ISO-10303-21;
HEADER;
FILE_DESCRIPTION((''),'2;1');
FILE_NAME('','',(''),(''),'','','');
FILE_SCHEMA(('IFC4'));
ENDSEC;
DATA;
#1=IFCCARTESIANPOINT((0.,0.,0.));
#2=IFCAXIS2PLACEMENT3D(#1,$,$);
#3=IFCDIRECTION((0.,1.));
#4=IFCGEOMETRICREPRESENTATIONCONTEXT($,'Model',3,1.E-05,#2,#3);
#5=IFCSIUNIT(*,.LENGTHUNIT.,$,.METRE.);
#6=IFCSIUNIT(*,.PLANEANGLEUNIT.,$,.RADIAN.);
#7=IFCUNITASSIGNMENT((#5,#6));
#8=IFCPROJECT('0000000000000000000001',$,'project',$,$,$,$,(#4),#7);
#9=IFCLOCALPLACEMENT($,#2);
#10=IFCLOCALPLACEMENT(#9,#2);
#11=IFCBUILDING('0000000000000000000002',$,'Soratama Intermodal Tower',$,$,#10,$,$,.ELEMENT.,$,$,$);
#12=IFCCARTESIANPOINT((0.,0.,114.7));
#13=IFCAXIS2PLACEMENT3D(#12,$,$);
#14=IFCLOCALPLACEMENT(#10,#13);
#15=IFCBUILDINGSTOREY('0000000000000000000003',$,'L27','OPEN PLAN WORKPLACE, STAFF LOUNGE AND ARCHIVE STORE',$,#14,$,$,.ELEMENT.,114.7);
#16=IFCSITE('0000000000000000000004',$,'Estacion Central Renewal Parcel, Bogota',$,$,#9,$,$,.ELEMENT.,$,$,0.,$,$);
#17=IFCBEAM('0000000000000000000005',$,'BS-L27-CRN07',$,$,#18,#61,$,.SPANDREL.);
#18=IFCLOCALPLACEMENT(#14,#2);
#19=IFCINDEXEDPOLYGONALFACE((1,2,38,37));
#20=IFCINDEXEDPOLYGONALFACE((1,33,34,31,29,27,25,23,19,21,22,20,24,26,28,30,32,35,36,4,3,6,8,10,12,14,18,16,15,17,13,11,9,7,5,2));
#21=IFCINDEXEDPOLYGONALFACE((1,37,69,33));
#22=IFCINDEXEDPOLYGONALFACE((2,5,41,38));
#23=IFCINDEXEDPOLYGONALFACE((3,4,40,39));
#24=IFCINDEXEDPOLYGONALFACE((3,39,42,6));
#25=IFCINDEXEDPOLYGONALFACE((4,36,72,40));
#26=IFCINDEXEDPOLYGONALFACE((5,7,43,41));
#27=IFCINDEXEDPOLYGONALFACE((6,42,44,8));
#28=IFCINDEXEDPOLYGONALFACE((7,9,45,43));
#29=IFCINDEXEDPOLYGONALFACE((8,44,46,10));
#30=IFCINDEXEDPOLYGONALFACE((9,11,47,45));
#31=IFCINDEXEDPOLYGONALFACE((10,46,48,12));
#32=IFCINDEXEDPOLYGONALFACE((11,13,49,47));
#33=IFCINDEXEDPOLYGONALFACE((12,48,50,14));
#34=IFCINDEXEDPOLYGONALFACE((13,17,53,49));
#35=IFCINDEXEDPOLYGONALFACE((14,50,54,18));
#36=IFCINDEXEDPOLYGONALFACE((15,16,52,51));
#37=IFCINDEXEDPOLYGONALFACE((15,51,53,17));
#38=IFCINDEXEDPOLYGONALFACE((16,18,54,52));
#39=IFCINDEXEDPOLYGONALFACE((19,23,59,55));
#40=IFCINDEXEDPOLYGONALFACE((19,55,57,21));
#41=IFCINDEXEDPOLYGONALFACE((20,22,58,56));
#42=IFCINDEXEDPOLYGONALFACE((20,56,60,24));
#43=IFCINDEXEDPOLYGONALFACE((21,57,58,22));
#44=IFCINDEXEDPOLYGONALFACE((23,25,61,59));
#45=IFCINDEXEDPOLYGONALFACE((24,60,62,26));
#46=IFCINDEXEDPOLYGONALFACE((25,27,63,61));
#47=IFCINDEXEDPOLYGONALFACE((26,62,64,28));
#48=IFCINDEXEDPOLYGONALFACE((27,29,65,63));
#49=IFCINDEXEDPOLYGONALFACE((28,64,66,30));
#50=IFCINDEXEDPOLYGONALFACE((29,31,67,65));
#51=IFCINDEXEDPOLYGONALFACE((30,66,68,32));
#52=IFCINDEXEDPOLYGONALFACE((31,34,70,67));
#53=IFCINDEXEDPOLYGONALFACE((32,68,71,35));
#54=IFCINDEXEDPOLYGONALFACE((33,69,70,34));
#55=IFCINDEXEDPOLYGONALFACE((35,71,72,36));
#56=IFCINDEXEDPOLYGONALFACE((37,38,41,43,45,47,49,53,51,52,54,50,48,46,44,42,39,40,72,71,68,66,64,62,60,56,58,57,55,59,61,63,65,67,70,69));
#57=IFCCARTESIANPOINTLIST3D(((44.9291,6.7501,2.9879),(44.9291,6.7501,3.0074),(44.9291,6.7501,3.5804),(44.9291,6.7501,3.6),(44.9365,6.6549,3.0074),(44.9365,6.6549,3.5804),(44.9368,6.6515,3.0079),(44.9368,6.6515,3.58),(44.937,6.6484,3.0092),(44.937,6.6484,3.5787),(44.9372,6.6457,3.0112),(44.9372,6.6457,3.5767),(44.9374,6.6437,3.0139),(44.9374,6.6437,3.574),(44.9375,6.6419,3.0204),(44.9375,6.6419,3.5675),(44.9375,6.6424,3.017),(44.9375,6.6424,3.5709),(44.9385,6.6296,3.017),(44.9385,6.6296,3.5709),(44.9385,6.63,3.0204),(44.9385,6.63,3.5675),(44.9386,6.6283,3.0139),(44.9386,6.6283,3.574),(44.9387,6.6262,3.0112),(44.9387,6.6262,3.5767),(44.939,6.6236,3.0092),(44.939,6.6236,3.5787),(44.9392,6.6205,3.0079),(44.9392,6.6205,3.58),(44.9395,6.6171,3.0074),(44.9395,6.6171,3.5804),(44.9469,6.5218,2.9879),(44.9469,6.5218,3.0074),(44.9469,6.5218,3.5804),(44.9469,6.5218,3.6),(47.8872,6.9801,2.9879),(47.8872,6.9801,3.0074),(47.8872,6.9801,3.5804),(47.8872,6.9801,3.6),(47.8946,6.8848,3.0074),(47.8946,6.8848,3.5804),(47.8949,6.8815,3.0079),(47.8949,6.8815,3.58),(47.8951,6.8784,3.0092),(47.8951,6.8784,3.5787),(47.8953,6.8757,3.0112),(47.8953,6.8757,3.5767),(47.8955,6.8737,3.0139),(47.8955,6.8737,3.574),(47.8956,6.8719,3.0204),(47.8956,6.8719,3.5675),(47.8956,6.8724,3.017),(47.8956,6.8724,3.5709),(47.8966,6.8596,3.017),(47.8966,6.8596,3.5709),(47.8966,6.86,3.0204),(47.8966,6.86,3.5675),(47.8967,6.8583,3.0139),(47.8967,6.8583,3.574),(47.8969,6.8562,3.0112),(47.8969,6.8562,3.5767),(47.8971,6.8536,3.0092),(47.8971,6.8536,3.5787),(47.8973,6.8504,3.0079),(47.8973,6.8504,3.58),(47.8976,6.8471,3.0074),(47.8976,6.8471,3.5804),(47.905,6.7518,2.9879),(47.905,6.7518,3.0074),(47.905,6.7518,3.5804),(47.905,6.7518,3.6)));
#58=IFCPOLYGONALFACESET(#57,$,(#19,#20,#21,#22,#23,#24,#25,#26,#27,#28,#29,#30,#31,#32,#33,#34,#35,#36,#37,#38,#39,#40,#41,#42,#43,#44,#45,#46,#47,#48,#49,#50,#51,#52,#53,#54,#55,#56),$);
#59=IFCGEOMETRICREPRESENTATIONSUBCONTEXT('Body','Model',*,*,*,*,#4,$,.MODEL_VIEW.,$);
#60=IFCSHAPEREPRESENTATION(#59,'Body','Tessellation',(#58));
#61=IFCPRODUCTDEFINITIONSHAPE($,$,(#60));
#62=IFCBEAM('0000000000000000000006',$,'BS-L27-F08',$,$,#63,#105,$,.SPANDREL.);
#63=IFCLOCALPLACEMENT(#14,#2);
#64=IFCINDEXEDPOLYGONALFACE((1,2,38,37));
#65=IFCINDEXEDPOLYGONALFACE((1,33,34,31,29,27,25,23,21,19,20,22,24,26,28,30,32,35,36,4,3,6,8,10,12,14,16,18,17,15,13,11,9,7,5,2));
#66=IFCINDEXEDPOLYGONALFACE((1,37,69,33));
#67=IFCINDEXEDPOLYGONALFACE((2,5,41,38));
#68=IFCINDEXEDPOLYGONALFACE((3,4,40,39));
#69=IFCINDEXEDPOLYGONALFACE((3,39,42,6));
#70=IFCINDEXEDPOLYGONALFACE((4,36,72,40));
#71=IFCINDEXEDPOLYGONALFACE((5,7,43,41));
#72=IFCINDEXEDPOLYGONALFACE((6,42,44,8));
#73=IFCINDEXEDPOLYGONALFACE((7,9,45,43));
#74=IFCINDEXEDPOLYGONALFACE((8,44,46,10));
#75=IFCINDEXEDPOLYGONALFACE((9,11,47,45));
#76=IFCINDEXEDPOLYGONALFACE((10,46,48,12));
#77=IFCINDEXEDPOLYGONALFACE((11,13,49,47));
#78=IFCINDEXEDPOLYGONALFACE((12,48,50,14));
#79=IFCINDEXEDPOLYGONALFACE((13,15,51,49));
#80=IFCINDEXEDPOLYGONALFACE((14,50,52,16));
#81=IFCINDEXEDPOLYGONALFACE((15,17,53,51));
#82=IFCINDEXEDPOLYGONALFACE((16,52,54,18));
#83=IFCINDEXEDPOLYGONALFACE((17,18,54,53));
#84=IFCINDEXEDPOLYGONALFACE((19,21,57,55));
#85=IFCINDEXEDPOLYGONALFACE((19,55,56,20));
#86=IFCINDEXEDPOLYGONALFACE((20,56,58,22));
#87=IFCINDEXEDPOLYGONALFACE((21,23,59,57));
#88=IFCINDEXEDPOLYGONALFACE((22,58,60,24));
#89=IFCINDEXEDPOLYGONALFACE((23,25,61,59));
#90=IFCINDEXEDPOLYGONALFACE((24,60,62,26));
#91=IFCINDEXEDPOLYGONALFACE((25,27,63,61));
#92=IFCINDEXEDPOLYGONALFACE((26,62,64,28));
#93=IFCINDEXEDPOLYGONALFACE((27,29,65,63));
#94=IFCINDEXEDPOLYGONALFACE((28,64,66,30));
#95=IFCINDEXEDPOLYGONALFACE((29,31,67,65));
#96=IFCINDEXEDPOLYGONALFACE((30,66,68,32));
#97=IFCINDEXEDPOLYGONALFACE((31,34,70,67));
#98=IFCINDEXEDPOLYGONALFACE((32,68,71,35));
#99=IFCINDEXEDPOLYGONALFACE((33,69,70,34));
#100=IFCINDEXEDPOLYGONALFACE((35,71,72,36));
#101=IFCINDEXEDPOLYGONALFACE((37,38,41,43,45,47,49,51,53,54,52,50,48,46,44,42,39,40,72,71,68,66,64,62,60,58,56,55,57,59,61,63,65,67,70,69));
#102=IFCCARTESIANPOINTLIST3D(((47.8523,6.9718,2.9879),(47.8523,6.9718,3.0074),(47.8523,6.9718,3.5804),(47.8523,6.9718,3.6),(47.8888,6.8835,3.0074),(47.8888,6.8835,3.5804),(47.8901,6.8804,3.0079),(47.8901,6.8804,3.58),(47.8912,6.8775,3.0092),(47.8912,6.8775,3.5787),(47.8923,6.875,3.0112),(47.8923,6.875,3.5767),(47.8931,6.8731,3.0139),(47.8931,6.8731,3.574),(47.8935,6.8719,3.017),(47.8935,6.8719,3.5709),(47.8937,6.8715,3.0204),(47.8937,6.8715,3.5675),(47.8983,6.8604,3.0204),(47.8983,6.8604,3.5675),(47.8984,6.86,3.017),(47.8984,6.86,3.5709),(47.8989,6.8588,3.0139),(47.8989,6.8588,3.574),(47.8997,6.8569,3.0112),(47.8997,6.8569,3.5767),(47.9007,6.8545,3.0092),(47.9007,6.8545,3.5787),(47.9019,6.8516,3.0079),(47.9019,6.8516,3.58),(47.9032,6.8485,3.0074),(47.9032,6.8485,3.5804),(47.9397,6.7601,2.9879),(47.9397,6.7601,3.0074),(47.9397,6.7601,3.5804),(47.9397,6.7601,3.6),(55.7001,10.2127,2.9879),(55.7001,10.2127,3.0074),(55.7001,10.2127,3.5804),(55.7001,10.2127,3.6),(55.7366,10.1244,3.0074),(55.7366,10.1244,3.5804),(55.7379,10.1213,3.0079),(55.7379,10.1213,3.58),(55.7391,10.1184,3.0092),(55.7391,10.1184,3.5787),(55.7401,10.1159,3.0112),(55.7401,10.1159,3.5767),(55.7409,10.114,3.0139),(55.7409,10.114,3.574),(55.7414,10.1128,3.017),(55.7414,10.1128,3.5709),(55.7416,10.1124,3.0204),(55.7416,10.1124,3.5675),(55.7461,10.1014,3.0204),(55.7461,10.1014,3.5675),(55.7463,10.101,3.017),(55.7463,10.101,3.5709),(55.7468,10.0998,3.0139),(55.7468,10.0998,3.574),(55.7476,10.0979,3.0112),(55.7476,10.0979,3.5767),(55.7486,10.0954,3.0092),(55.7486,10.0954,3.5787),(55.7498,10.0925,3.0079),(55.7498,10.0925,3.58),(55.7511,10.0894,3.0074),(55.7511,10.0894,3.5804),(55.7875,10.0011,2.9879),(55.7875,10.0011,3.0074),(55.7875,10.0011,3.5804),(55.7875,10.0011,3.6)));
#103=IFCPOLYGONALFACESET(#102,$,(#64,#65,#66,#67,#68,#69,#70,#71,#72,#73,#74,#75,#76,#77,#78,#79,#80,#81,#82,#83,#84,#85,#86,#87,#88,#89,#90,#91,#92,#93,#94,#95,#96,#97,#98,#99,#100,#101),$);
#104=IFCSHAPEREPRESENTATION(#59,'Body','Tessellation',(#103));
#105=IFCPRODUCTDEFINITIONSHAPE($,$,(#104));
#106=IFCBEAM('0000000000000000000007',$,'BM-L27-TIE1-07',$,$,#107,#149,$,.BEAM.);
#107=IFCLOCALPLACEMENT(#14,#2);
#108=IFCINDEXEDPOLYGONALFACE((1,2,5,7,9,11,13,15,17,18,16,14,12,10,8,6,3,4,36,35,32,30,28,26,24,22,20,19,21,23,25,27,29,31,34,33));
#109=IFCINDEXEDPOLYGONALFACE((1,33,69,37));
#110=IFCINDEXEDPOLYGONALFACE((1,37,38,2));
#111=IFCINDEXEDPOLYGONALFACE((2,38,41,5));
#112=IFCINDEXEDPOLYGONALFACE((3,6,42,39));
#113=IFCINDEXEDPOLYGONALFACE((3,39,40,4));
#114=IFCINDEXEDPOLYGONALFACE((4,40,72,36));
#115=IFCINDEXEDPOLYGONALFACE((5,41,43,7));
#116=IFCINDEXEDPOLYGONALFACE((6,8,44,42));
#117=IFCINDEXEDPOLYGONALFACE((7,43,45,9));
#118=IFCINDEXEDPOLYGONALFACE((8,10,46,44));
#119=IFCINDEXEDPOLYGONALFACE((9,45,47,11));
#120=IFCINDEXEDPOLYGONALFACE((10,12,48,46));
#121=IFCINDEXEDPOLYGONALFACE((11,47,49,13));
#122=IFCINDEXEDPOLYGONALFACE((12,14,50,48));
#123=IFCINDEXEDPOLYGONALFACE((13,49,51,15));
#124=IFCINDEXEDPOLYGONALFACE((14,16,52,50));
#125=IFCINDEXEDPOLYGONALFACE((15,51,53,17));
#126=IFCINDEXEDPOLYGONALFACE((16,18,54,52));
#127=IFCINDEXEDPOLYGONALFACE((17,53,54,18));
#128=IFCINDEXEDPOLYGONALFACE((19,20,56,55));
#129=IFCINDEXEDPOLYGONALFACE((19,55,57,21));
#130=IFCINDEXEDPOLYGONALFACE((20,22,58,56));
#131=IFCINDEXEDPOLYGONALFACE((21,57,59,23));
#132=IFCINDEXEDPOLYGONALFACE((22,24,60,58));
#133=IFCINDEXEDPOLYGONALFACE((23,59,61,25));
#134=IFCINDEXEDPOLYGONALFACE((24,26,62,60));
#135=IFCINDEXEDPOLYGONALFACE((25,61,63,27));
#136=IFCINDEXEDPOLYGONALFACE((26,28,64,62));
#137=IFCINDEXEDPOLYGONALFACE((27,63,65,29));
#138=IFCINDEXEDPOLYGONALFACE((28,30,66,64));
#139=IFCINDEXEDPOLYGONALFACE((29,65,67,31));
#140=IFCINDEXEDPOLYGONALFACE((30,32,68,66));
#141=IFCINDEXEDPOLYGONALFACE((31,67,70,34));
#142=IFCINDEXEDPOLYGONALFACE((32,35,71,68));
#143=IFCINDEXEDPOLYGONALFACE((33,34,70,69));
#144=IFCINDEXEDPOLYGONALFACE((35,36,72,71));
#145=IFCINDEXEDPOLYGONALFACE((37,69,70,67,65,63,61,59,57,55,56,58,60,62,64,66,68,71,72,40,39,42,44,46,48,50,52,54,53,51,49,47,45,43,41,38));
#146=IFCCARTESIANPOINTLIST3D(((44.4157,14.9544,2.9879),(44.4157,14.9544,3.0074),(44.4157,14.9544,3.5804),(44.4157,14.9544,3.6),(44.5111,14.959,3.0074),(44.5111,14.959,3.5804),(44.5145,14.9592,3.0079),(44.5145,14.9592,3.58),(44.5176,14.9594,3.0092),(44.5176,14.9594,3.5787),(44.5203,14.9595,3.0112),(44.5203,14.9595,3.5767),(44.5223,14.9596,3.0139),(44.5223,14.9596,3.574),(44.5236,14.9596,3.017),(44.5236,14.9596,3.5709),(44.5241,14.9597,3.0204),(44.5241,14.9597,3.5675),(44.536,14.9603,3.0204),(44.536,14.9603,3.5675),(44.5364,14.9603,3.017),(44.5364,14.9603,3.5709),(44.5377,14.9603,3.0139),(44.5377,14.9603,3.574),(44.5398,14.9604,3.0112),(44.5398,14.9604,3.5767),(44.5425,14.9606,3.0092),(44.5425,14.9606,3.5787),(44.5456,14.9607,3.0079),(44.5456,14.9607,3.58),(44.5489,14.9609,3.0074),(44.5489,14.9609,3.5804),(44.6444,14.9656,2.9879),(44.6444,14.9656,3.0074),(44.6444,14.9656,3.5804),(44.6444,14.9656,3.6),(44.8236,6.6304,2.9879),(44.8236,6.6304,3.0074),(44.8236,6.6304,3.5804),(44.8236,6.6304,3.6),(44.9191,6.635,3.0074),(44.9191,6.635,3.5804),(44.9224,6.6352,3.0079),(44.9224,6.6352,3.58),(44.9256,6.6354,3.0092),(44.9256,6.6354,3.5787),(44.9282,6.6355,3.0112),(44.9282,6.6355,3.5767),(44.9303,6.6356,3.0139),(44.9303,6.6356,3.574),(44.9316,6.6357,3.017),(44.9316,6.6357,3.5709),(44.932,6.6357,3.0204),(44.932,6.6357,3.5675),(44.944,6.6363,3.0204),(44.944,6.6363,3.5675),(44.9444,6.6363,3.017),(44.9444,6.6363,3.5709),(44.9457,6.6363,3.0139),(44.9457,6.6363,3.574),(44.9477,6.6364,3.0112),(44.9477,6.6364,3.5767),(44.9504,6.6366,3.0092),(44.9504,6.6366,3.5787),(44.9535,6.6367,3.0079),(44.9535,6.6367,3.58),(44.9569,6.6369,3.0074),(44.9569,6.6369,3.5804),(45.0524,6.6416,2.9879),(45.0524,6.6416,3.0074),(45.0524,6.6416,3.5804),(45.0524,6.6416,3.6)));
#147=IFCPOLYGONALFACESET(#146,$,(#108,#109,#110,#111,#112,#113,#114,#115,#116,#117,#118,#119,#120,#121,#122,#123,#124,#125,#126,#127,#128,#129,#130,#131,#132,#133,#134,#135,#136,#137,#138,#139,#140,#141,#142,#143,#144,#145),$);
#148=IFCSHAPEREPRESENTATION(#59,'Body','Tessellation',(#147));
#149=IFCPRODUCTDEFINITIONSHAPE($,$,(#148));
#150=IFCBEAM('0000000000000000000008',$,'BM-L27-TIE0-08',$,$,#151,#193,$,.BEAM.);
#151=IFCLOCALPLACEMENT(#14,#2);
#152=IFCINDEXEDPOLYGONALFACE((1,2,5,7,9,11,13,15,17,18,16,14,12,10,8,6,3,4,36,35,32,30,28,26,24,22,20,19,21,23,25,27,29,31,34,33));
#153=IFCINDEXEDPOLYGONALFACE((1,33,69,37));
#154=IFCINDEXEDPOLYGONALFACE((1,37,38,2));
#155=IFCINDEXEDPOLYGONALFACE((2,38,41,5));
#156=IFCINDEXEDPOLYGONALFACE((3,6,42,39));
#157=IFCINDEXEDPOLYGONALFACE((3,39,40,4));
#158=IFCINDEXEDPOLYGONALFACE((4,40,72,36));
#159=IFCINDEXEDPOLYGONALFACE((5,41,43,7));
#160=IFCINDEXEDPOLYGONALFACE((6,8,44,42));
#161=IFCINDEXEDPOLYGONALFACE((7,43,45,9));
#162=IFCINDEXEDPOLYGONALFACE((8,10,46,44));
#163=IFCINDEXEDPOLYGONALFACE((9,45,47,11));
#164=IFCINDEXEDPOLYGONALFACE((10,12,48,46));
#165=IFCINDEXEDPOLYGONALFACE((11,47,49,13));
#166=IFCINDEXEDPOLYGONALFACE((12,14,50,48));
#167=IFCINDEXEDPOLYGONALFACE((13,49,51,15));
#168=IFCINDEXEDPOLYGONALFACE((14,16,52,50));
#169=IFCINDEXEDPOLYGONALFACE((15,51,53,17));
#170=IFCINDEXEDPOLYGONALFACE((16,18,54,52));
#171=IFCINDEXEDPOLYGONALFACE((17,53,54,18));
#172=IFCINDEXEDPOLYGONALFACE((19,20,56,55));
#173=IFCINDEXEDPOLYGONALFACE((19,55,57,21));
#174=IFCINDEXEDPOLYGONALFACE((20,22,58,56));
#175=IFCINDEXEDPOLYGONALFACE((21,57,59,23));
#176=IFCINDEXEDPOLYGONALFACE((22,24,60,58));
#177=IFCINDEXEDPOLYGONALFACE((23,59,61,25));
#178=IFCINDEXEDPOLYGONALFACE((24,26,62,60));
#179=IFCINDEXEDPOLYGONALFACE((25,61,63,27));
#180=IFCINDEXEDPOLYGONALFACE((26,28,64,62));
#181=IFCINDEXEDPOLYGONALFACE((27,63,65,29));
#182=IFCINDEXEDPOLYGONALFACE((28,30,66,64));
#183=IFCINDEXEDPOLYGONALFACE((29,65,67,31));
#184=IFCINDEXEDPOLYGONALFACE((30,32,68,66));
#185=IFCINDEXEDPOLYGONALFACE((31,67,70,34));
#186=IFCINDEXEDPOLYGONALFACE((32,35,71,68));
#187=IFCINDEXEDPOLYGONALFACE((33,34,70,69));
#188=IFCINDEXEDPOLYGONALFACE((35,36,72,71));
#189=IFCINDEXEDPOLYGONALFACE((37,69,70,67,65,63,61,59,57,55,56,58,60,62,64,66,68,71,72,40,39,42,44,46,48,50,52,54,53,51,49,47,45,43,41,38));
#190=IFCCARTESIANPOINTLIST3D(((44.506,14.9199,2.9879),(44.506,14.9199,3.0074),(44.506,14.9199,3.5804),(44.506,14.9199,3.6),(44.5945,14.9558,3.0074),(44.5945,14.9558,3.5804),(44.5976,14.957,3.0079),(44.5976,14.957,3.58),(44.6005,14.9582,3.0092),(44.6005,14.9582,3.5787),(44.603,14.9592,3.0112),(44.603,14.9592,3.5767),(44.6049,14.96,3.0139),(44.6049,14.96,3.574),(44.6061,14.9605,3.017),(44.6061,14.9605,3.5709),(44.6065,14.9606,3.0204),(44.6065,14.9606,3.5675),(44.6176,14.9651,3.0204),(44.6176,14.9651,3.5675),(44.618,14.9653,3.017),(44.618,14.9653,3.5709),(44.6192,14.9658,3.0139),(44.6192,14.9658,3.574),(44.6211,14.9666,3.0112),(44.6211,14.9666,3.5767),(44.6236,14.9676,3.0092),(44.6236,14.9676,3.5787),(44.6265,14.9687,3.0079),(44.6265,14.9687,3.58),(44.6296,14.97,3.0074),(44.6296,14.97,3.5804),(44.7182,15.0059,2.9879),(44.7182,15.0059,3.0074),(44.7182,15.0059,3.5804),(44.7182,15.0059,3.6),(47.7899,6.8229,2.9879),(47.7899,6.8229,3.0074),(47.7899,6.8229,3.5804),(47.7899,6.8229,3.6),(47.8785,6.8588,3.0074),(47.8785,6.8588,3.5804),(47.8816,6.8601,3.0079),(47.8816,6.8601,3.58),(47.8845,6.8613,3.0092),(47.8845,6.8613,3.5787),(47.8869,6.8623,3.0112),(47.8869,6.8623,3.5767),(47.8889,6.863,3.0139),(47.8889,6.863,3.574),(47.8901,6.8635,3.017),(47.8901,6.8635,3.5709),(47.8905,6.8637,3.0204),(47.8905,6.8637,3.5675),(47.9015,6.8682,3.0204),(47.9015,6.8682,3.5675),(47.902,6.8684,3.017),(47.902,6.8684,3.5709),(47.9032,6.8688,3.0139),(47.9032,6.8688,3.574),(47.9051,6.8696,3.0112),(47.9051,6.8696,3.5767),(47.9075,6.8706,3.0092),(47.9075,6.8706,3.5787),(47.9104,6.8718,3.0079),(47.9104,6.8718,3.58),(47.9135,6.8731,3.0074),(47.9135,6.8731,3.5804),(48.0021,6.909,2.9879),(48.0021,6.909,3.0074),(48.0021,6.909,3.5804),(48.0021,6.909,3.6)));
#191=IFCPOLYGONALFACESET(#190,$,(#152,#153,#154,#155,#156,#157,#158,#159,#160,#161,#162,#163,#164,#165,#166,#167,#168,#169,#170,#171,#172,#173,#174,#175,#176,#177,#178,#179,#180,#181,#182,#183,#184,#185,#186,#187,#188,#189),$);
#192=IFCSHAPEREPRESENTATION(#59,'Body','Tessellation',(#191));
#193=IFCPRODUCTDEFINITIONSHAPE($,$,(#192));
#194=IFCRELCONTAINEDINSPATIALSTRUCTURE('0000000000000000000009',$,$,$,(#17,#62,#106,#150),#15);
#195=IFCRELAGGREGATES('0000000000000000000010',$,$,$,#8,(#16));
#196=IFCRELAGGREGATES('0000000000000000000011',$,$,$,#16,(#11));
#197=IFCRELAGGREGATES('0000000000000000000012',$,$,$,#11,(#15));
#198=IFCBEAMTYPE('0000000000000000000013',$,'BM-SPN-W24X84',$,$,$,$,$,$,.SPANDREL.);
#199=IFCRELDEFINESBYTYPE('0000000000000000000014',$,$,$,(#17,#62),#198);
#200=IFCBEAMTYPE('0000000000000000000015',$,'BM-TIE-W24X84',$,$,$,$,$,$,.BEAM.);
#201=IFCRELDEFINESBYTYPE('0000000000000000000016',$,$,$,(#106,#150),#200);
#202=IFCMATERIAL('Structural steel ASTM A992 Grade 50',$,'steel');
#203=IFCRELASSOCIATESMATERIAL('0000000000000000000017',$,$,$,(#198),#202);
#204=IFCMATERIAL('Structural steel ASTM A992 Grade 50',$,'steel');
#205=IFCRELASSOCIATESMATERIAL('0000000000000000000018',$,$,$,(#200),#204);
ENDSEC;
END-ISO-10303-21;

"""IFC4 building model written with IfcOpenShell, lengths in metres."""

from ifc_helpers import new_model, si_unit, direction, frame, origin, origin_2d, place, context, subcontext, project, spatial, i_section, extrude, material, material_profile, profile_set, type_object, element, save


model = new_model("IFC4")

# Units and contexts
model_context = context("Model", 3, precision=1e-05, world=origin(), true_north=direction((0.0, 1.0)))
body_context = subcontext(model_context, "Body", "Model", "MODEL_VIEW")
ifc_project = project(units=[si_unit("LENGTHUNIT", "METRE"), si_unit("PLANEANGLEUNIT", "RADIAN")], contexts=[model_context])

# Site, building, storey
site_placement = place(None, origin())
site = spatial("IfcSite", under=ifc_project, at=site_placement, Name="Estacion Central Renewal Parcel, Bogota", CompositionType="ELEMENT", RefElevation=0.0)
building_placement = place(site_placement, origin())
building = spatial("IfcBuilding", under=site, at=building_placement, Name="Soratama Intermodal Tower", CompositionType="ELEMENT")
storey_placement = place(building_placement, frame((0.0, 0.0, 114.7)))
storey = spatial("IfcBuildingStorey", under=building, at=storey_placement, Name="L27", Description="OPEN PLAN WORKPLACE, STAFF LOUNGE AND ARCHIVE STORE", CompositionType="ELEMENT", Elevation=114.7)

# Beams
ifc_material_1 = material(Name="Structural steel ASTM A992 Grade 50", Category="steel")
ifc_material_profile_1 = material_profile(ifc_material_1, i_section(OverallWidth=0.229, OverallDepth=0.6121, WebThickness=0.012, FlangeThickness=0.0195, FilletRadius=0.0129, at=origin_2d()), Name="W24X84")
ifc_profile_set_1 = profile_set([ifc_material_profile_1], Name="Structural steel ASTM A992 Grade 50")
beam_type_1 = type_object("IfcBeamType", Name="BM-SPN-W24X84", PredefinedType="SPANDREL", material=ifc_profile_set_1)
beam_1_placement = place(storey_placement, frame((44.938, 6.636, 3.2939), z_axis=(0.996991, 0.077515, 0.0), x_axis=(-0.077515, 0.996991, 0.0)))
element("IfcBeam", 1, at=beam_1_placement, inside=storey, type_object=beam_type_1, Name="BS-L27-CRN07", PredefinedType="SPANDREL", context=body_context, shape_type="SweptSolid", body=[
    extrude(i_section(OverallWidth=0.229, OverallDepth=0.6121, WebThickness=0.012, FlangeThickness=0.0195, FilletRadius=0.0129, at=origin_2d()), origin(), (0.0, 0.0, 1.0), 2.967),
])
beam_2_placement = place(storey_placement, frame((47.896, 6.866, 3.2939), z_axis=(0.924285, 0.381704, 0.0), x_axis=(-0.381704, 0.924285, 0.0)))
element("IfcBeam", 2, at=beam_2_placement, inside=storey, type_object=beam_type_1, Name="BS-L27-F08", PredefinedType="SPANDREL", context=body_context, shape_type="SweptSolid", body=[
    extrude(i_section(OverallWidth=0.229, OverallDepth=0.6121, WebThickness=0.012, FlangeThickness=0.0195, FilletRadius=0.0129, at=origin_2d()), origin(), (0.0, 0.0, 1.0), 8.4907),
])
ifc_material_2 = material(Name="Structural steel ASTM A992 Grade 50", Category="steel")
ifc_material_profile_2 = material_profile(ifc_material_2, i_section(OverallWidth=0.229, OverallDepth=0.6121, WebThickness=0.012, FlangeThickness=0.0195, FilletRadius=0.0129, at=origin_2d()), Name="W24X84")
ifc_profile_set_2 = profile_set([ifc_material_profile_2], Name="Structural steel ASTM A992 Grade 50")
beam_type_2 = type_object("IfcBeamType", Name="BM-TIE-W24X84", PredefinedType="BEAM", material=ifc_profile_set_2)
beam_3_placement = place(storey_placement, frame((44.53, 14.96, 3.2939), z_axis=(0.048951, -0.998801, 0.0), x_axis=(0.998801, 0.048951, 0.0)))
element("IfcBeam", 3, at=beam_3_placement, inside=storey, type_object=beam_type_2, Name="BM-L27-TIE1-07", PredefinedType="BEAM", context=body_context, shape_type="SweptSolid", body=[
    extrude(i_section(OverallWidth=0.229, OverallDepth=0.6121, WebThickness=0.012, FlangeThickness=0.0195, FilletRadius=0.0129, at=origin_2d()), origin(), (0.0, 0.0, 1.0), 8.334),
])
beam_4_placement = place(storey_placement, frame((44.6121, 14.9629, 3.2939), z_axis=(0.375843, -0.926684, 0.0), x_axis=(0.926684, 0.375843, 0.0)))
element("IfcBeam", 4, at=beam_4_placement, inside=storey, type_object=beam_type_2, Name="BM-L27-TIE0-08", PredefinedType="BEAM", context=body_context, shape_type="SweptSolid", body=[
    extrude(i_section(OverallWidth=0.229, OverallDepth=0.6121, WebThickness=0.012, FlangeThickness=0.0195, FilletRadius=0.0129, at=origin_2d()), origin(), (0.0, 0.0, 1.0), 8.7375),
])

save(model, "model.ifc")
